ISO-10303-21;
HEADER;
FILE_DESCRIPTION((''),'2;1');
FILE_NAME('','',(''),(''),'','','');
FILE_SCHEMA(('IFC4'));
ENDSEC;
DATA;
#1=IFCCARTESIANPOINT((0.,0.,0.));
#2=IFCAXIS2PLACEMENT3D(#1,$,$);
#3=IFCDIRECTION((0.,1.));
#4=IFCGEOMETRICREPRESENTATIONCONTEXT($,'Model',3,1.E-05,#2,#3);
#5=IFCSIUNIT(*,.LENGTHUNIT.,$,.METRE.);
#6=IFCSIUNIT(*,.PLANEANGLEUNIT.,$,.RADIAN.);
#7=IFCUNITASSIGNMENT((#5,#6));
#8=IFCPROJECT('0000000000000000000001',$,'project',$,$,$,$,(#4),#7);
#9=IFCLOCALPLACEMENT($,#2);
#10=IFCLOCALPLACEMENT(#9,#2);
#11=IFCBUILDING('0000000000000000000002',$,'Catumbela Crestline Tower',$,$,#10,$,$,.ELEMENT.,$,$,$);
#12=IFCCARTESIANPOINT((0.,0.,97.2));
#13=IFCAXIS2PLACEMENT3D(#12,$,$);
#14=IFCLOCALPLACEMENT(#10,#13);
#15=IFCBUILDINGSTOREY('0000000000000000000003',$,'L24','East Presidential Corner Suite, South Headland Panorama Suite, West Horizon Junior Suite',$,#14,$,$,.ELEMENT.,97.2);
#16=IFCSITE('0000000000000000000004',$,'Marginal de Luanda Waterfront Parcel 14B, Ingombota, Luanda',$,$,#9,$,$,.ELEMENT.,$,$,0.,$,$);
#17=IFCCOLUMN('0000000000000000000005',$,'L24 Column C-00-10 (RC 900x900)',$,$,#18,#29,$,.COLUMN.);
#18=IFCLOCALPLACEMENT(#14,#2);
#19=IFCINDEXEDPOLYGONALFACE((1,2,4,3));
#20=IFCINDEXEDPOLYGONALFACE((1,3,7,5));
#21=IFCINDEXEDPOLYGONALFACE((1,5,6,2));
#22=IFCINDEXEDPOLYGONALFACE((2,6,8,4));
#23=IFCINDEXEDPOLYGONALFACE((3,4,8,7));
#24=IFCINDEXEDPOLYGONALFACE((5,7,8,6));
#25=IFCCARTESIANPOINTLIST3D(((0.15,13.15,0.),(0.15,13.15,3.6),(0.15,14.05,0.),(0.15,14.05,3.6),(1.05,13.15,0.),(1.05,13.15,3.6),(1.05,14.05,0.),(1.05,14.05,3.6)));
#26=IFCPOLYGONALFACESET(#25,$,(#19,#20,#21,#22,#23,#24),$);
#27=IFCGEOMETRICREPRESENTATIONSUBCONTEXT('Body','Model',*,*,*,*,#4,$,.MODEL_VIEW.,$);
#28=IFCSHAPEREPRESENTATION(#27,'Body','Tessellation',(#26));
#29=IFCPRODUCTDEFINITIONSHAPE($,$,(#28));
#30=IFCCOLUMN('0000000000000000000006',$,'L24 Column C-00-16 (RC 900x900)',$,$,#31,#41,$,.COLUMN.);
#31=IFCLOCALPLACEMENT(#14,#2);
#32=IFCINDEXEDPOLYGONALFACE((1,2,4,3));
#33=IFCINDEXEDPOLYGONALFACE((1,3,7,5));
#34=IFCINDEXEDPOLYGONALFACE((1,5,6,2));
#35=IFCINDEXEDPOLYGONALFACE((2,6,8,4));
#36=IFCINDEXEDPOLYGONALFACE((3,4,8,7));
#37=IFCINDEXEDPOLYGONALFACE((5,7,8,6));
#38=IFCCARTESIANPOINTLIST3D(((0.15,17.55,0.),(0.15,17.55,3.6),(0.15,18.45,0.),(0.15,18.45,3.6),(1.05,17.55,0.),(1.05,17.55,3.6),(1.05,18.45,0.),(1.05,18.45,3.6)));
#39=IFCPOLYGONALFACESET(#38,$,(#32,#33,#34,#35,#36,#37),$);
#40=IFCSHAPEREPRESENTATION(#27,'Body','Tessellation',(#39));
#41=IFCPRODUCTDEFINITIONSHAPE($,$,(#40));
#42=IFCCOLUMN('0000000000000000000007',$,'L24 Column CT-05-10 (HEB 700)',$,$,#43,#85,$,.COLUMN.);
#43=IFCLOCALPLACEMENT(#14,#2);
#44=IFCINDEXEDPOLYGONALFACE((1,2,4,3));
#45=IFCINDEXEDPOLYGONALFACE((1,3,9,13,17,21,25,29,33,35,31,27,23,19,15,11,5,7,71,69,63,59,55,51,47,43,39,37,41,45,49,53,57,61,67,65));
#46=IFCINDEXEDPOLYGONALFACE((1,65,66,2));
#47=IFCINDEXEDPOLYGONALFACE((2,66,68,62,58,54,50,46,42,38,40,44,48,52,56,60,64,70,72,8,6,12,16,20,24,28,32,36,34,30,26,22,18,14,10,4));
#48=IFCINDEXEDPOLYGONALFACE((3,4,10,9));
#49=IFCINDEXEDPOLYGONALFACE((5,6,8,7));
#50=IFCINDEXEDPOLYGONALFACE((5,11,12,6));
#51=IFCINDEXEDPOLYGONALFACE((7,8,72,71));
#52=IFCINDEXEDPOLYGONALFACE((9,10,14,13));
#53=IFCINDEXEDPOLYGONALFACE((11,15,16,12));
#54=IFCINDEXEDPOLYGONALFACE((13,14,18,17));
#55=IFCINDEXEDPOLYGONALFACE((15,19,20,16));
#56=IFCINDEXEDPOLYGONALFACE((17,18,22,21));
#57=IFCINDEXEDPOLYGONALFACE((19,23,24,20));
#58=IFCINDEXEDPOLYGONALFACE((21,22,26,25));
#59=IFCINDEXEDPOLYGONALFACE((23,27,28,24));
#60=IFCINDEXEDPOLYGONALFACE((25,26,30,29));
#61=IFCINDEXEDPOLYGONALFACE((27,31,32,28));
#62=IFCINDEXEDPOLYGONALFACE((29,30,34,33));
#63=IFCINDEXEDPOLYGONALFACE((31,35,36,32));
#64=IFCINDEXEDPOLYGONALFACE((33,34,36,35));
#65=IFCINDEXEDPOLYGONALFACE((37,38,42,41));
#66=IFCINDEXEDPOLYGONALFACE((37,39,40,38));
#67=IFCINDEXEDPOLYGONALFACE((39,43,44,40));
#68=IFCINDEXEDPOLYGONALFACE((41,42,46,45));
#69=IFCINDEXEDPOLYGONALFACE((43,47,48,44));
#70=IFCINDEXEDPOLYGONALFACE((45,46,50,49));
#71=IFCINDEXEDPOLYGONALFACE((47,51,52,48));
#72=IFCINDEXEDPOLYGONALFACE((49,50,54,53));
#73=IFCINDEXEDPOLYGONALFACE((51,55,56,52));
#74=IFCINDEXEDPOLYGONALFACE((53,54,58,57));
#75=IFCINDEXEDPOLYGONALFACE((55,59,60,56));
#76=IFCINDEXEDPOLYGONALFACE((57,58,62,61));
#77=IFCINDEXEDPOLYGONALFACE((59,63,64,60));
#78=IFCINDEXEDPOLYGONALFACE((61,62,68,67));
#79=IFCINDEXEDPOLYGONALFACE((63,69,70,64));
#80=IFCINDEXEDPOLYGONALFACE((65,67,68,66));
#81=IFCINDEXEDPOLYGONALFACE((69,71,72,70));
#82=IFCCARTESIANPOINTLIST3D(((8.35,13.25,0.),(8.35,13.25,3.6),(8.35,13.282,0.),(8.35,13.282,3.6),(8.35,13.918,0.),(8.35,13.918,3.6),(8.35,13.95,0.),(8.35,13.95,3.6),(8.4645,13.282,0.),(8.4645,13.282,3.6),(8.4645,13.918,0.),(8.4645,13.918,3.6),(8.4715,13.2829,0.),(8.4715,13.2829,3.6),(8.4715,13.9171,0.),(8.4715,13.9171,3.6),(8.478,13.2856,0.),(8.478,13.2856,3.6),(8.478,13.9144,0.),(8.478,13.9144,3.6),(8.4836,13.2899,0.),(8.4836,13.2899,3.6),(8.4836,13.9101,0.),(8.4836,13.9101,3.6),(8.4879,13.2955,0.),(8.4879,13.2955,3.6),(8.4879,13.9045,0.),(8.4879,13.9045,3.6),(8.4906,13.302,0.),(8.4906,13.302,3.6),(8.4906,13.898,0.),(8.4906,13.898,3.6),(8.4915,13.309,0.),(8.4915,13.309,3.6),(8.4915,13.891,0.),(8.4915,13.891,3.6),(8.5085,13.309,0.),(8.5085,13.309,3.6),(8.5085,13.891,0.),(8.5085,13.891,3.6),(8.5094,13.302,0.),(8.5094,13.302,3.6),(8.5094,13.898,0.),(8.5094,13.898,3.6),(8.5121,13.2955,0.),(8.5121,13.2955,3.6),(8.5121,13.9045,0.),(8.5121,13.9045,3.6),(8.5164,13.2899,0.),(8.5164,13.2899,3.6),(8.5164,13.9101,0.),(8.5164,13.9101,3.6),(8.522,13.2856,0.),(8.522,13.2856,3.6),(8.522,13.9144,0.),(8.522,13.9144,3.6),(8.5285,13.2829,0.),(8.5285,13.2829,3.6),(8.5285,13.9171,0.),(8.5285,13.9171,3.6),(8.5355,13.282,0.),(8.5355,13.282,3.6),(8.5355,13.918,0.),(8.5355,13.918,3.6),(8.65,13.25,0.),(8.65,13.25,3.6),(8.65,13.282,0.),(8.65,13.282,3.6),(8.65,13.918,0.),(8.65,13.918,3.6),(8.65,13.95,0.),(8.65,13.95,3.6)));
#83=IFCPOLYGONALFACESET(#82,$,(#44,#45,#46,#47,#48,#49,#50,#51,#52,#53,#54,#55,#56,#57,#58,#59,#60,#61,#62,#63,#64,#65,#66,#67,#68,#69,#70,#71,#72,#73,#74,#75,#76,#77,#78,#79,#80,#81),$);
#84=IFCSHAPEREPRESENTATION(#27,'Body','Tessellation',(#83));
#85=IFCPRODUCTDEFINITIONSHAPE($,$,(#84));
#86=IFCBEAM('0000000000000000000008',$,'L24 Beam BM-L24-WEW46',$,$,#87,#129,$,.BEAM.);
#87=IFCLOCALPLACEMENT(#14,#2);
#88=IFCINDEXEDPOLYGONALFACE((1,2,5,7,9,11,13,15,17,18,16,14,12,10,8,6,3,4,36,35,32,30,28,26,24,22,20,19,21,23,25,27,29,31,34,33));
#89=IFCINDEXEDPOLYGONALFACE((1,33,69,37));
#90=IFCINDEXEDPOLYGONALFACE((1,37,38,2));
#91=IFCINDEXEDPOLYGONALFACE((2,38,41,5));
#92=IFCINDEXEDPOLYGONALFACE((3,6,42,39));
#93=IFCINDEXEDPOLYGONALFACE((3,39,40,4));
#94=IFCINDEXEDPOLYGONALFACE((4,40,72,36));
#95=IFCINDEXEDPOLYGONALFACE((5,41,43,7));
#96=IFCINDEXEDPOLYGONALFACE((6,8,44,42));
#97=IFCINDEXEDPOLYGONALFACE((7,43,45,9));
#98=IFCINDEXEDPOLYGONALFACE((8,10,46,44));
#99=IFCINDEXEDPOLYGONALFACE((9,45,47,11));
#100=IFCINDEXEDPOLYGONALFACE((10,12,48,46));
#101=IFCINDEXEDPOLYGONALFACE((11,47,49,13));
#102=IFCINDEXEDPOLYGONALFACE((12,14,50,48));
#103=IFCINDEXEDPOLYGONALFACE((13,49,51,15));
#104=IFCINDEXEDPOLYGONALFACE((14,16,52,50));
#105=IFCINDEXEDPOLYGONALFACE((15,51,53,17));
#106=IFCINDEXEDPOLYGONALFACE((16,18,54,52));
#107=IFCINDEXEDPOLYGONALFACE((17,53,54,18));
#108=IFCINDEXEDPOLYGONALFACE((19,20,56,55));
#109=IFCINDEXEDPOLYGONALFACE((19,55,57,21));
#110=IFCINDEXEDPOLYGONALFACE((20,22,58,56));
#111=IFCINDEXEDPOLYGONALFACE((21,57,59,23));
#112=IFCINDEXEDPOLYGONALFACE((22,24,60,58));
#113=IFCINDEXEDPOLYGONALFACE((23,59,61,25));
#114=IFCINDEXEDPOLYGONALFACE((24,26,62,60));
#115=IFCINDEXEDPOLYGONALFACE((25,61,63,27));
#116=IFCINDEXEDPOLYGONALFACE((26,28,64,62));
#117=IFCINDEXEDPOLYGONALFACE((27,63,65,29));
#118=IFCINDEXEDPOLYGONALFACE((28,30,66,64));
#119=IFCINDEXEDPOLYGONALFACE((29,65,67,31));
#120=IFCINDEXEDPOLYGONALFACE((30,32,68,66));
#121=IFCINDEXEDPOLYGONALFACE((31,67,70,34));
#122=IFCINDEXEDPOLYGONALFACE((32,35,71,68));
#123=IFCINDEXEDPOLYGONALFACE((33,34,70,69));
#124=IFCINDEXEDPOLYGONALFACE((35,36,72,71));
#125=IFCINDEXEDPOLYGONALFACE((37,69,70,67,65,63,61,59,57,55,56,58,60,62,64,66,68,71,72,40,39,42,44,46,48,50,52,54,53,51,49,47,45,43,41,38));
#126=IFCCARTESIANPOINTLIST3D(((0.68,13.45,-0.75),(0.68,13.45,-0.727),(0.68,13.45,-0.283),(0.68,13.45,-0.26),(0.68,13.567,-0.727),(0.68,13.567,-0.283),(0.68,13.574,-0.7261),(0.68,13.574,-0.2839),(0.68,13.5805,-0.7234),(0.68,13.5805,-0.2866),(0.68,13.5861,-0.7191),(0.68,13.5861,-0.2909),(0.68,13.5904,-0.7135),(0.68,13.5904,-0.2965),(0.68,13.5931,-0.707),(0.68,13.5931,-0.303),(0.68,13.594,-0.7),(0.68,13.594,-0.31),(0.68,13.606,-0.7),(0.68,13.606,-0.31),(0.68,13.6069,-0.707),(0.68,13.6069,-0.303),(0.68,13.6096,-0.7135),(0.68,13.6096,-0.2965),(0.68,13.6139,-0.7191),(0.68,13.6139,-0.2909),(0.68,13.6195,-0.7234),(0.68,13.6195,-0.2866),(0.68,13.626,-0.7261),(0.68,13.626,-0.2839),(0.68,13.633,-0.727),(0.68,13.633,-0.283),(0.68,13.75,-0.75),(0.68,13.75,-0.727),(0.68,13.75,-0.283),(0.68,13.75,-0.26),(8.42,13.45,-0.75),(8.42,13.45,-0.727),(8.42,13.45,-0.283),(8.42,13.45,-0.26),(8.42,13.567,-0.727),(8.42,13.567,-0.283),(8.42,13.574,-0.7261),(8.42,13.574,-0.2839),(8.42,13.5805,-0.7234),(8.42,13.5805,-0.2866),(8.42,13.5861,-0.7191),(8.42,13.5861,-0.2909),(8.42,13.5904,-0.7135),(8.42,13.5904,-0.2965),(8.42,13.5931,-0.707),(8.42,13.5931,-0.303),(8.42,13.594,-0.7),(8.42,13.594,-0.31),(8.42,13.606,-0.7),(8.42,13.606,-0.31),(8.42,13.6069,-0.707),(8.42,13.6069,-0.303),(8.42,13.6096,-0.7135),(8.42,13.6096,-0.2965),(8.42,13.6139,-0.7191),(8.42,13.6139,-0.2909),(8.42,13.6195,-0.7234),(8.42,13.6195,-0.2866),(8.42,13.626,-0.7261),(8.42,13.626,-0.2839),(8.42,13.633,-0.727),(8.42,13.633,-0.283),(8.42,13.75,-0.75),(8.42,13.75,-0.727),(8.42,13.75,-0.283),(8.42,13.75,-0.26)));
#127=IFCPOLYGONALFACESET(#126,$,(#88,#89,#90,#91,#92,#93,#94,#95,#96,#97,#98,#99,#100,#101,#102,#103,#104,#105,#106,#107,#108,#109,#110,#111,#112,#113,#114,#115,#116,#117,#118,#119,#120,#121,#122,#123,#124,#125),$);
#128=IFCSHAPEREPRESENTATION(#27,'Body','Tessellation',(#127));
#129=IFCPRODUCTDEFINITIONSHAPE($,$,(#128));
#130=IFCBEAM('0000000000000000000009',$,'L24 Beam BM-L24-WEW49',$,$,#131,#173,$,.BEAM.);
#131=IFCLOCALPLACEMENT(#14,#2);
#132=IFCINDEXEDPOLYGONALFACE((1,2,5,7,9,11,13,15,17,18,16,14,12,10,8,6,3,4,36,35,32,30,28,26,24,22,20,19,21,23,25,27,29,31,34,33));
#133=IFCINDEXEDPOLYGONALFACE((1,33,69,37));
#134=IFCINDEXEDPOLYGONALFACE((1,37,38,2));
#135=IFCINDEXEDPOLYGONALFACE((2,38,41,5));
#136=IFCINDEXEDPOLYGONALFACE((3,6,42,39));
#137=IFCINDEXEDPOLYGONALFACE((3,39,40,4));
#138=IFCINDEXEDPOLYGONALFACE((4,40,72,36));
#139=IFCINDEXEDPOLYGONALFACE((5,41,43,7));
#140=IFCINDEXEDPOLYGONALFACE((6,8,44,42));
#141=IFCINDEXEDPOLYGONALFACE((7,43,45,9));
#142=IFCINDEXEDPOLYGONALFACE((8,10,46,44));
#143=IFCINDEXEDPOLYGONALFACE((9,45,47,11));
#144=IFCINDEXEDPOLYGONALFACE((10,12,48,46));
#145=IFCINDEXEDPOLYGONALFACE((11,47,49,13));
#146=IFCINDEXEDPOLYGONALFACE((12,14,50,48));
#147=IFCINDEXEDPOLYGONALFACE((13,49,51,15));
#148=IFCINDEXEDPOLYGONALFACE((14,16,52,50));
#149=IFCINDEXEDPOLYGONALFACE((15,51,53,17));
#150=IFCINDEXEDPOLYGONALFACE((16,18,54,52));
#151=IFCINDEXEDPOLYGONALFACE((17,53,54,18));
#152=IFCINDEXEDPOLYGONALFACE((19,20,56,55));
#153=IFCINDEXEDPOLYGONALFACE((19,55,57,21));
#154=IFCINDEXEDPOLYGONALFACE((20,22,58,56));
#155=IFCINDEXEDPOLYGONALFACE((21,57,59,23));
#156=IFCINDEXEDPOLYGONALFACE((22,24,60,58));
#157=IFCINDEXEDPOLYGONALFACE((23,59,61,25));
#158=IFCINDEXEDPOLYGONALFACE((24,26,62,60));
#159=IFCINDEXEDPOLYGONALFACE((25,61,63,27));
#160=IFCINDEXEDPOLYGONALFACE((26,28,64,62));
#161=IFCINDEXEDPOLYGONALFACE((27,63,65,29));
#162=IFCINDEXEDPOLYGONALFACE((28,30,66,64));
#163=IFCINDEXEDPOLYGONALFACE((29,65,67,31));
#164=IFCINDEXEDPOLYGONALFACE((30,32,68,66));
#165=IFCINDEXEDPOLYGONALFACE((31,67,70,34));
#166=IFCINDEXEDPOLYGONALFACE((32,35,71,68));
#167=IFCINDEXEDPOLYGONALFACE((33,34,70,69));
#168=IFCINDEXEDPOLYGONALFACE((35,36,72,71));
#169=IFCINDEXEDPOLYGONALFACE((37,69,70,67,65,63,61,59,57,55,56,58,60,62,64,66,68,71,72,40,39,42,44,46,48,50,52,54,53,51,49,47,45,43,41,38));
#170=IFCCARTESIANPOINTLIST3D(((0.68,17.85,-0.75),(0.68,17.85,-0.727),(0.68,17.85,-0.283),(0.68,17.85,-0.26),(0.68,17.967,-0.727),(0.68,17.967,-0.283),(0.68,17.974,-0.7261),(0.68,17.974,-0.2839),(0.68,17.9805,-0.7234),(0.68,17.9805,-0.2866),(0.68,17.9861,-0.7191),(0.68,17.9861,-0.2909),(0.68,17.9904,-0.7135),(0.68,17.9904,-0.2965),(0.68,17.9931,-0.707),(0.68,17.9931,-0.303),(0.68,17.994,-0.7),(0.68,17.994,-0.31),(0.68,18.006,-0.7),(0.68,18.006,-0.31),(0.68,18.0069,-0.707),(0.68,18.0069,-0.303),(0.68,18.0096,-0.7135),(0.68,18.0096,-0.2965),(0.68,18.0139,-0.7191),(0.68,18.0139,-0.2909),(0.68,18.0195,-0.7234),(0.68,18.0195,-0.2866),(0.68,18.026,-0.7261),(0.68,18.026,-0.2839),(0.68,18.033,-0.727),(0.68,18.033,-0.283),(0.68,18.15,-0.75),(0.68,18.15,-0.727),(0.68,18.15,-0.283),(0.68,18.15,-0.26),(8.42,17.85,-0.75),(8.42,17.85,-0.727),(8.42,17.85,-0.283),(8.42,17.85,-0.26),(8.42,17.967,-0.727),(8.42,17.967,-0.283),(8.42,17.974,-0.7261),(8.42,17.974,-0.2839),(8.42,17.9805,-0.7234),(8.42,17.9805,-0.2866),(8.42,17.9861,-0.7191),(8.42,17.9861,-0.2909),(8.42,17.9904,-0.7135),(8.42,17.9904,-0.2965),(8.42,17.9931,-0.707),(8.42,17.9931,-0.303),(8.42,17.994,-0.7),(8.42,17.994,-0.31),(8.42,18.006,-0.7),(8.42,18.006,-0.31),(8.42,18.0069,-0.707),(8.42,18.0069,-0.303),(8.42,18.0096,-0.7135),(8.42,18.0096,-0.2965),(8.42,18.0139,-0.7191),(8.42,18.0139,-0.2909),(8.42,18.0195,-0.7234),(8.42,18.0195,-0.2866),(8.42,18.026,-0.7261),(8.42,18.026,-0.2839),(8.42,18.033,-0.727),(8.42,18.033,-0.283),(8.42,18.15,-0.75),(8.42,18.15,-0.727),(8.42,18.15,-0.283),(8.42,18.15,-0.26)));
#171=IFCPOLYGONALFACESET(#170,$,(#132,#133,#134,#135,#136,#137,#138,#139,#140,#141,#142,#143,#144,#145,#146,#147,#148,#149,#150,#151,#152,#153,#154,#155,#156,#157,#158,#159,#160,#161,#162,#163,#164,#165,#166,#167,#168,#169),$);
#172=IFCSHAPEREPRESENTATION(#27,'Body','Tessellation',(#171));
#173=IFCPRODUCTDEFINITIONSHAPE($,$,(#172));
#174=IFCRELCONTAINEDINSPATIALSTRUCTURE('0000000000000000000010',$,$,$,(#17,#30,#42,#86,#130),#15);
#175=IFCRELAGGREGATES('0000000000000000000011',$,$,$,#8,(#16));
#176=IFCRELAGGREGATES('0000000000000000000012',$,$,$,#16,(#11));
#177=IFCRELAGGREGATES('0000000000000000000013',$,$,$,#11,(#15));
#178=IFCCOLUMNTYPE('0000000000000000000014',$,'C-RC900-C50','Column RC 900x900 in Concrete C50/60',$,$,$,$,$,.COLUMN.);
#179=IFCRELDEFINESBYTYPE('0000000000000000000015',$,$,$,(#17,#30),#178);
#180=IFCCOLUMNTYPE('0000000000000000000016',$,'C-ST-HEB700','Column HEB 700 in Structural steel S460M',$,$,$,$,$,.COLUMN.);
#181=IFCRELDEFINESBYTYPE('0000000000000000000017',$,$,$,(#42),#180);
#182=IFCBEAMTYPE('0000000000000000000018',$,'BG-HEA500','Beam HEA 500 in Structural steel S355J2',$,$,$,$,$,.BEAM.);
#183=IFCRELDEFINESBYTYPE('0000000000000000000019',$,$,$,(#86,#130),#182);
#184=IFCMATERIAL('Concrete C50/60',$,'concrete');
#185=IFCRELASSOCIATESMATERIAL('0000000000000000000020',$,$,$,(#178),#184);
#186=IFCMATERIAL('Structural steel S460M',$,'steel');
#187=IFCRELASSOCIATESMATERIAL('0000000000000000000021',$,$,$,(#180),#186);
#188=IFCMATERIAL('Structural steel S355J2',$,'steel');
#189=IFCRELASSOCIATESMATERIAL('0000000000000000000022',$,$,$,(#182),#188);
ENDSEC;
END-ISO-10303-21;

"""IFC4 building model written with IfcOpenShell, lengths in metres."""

from ifc_helpers import new_model, si_unit, direction, frame, origin, origin_2d, place, context, subcontext, project, spatial, rectangle, i_section, extrude, material, material_profile, profile_set, type_object, element, save


model = new_model("IFC4")

# Units and contexts
model_context = context("Model", 3, precision=1e-05, world=origin(), true_north=direction((0.0, 1.0)))
body_context = subcontext(model_context, "Body", "Model", "MODEL_VIEW")
ifc_project = project(units=[si_unit("LENGTHUNIT", "METRE"), si_unit("PLANEANGLEUNIT", "RADIAN")], contexts=[model_context])

# Site, building, storey
site_placement = place(None, origin())
site = spatial("IfcSite", under=ifc_project, at=site_placement, Name="Marginal de Luanda Waterfront Parcel 14B, Ingombota, Luanda", CompositionType="ELEMENT", RefElevation=0.0)
building_placement = place(site_placement, origin())
building = spatial("IfcBuilding", under=site, at=building_placement, Name="Catumbela Crestline Tower", CompositionType="ELEMENT")
storey_placement = place(building_placement, frame((0.0, 0.0, 97.2)))
storey = spatial("IfcBuildingStorey", under=building, at=storey_placement, Name="L24", Description="East Presidential Corner Suite, South Headland Panorama Suite, West Horizon Junior Suite", CompositionType="ELEMENT", Elevation=97.2)

# Columns
ifc_material_1 = material(Name="Concrete C50/60", Category="concrete")
ifc_material_profile_1 = material_profile(ifc_material_1, rectangle(XDim=0.9, YDim=0.9, at=origin_2d()), Name="RC 900x900")
ifc_profile_set_1 = profile_set([ifc_material_profile_1], Name="Concrete C50/60")
column_type_1 = type_object("IfcColumnType", Name="C-RC900-C50", Description="Column RC 900x900 in Concrete C50/60", PredefinedType="COLUMN", material=ifc_profile_set_1)
for number, where, z_axis, x_axis, name in (
    (1, (0.6, 13.6, 0.0), (0.0, 0.0, 1.0), (1.0, 0.0, 0.0), "L24 Column C-00-10 (RC 900x900)"),
    (2, (0.6, 18.0, 0.0), (0.0, 0.0, 1.0), (1.0, 0.0, 0.0), "L24 Column C-00-16 (RC 900x900)"),
):
    element("IfcColumn", number, at=place(storey_placement, frame(where, z_axis=z_axis, x_axis=x_axis)), inside=storey, type_object=column_type_1, Name=name, PredefinedType="COLUMN", context=body_context, shape_type="SweptSolid", body=[
        extrude(rectangle(XDim=0.9, YDim=0.9, at=origin_2d()), origin(), (0.0, 0.0, 1.0), 3.6),
    ])
ifc_material_2 = material(Name="Structural steel S460M", Category="steel")
ifc_material_profile_2 = material_profile(ifc_material_2, i_section(OverallWidth=0.3, OverallDepth=0.7, WebThickness=0.017, FlangeThickness=0.032, FilletRadius=0.027, at=origin_2d()), Name="HEB 700")
ifc_profile_set_2 = profile_set([ifc_material_profile_2], Name="Structural steel S460M")
column_type_2 = type_object("IfcColumnType", Name="C-ST-HEB700", Description="Column HEB 700 in Structural steel S460M", PredefinedType="COLUMN", material=ifc_profile_set_2)
column_placement = place(storey_placement, frame((8.5, 13.6, 0.0), z_axis=(0.0, 0.0, 1.0), x_axis=(1.0, 0.0, 0.0)))
element("IfcColumn", 3, at=column_placement, inside=storey, type_object=column_type_2, Name="L24 Column CT-05-10 (HEB 700)", PredefinedType="COLUMN", context=body_context, shape_type="SweptSolid", body=[
    extrude(i_section(OverallWidth=0.3, OverallDepth=0.7, WebThickness=0.017, FlangeThickness=0.032, FilletRadius=0.027, at=origin_2d()), origin(), (0.0, 0.0, 1.0), 3.6),
])

# Beams
ifc_material_3 = material(Name="Structural steel S355J2", Category="steel")
ifc_material_profile_3 = material_profile(ifc_material_3, i_section(OverallWidth=0.3, OverallDepth=0.49, WebThickness=0.012, FlangeThickness=0.023, FilletRadius=0.027, at=origin_2d()), Name="HEA 500")
ifc_profile_set_3 = profile_set([ifc_material_profile_3], Name="Structural steel S355J2")
beam_type_1 = type_object("IfcBeamType", Name="BG-HEA500", Description="Beam HEA 500 in Structural steel S355J2", PredefinedType="BEAM", material=ifc_profile_set_3)
for number, where, z_axis, x_axis, name in (
    (4, (0.68, 13.6, -0.505), (1.0, 0.0, 0.0), (0.0, 1.0, 0.0), "L24 Beam BM-L24-WEW46"),
    (5, (0.68, 18.0, -0.505), (1.0, 0.0, 0.0), (0.0, 1.0, 0.0), "L24 Beam BM-L24-WEW49"),
):
    element("IfcBeam", number, at=place(storey_placement, frame(where, z_axis=z_axis, x_axis=x_axis)), inside=storey, type_object=beam_type_1, Name=name, PredefinedType="BEAM", context=body_context, shape_type="SweptSolid", body=[
        extrude(i_section(OverallWidth=0.3, OverallDepth=0.49, WebThickness=0.012, FlangeThickness=0.023, FilletRadius=0.027, at=origin_2d()), origin(), (0.0, 0.0, 1.0), 7.74),
    ])

save(model, "model.ifc")
